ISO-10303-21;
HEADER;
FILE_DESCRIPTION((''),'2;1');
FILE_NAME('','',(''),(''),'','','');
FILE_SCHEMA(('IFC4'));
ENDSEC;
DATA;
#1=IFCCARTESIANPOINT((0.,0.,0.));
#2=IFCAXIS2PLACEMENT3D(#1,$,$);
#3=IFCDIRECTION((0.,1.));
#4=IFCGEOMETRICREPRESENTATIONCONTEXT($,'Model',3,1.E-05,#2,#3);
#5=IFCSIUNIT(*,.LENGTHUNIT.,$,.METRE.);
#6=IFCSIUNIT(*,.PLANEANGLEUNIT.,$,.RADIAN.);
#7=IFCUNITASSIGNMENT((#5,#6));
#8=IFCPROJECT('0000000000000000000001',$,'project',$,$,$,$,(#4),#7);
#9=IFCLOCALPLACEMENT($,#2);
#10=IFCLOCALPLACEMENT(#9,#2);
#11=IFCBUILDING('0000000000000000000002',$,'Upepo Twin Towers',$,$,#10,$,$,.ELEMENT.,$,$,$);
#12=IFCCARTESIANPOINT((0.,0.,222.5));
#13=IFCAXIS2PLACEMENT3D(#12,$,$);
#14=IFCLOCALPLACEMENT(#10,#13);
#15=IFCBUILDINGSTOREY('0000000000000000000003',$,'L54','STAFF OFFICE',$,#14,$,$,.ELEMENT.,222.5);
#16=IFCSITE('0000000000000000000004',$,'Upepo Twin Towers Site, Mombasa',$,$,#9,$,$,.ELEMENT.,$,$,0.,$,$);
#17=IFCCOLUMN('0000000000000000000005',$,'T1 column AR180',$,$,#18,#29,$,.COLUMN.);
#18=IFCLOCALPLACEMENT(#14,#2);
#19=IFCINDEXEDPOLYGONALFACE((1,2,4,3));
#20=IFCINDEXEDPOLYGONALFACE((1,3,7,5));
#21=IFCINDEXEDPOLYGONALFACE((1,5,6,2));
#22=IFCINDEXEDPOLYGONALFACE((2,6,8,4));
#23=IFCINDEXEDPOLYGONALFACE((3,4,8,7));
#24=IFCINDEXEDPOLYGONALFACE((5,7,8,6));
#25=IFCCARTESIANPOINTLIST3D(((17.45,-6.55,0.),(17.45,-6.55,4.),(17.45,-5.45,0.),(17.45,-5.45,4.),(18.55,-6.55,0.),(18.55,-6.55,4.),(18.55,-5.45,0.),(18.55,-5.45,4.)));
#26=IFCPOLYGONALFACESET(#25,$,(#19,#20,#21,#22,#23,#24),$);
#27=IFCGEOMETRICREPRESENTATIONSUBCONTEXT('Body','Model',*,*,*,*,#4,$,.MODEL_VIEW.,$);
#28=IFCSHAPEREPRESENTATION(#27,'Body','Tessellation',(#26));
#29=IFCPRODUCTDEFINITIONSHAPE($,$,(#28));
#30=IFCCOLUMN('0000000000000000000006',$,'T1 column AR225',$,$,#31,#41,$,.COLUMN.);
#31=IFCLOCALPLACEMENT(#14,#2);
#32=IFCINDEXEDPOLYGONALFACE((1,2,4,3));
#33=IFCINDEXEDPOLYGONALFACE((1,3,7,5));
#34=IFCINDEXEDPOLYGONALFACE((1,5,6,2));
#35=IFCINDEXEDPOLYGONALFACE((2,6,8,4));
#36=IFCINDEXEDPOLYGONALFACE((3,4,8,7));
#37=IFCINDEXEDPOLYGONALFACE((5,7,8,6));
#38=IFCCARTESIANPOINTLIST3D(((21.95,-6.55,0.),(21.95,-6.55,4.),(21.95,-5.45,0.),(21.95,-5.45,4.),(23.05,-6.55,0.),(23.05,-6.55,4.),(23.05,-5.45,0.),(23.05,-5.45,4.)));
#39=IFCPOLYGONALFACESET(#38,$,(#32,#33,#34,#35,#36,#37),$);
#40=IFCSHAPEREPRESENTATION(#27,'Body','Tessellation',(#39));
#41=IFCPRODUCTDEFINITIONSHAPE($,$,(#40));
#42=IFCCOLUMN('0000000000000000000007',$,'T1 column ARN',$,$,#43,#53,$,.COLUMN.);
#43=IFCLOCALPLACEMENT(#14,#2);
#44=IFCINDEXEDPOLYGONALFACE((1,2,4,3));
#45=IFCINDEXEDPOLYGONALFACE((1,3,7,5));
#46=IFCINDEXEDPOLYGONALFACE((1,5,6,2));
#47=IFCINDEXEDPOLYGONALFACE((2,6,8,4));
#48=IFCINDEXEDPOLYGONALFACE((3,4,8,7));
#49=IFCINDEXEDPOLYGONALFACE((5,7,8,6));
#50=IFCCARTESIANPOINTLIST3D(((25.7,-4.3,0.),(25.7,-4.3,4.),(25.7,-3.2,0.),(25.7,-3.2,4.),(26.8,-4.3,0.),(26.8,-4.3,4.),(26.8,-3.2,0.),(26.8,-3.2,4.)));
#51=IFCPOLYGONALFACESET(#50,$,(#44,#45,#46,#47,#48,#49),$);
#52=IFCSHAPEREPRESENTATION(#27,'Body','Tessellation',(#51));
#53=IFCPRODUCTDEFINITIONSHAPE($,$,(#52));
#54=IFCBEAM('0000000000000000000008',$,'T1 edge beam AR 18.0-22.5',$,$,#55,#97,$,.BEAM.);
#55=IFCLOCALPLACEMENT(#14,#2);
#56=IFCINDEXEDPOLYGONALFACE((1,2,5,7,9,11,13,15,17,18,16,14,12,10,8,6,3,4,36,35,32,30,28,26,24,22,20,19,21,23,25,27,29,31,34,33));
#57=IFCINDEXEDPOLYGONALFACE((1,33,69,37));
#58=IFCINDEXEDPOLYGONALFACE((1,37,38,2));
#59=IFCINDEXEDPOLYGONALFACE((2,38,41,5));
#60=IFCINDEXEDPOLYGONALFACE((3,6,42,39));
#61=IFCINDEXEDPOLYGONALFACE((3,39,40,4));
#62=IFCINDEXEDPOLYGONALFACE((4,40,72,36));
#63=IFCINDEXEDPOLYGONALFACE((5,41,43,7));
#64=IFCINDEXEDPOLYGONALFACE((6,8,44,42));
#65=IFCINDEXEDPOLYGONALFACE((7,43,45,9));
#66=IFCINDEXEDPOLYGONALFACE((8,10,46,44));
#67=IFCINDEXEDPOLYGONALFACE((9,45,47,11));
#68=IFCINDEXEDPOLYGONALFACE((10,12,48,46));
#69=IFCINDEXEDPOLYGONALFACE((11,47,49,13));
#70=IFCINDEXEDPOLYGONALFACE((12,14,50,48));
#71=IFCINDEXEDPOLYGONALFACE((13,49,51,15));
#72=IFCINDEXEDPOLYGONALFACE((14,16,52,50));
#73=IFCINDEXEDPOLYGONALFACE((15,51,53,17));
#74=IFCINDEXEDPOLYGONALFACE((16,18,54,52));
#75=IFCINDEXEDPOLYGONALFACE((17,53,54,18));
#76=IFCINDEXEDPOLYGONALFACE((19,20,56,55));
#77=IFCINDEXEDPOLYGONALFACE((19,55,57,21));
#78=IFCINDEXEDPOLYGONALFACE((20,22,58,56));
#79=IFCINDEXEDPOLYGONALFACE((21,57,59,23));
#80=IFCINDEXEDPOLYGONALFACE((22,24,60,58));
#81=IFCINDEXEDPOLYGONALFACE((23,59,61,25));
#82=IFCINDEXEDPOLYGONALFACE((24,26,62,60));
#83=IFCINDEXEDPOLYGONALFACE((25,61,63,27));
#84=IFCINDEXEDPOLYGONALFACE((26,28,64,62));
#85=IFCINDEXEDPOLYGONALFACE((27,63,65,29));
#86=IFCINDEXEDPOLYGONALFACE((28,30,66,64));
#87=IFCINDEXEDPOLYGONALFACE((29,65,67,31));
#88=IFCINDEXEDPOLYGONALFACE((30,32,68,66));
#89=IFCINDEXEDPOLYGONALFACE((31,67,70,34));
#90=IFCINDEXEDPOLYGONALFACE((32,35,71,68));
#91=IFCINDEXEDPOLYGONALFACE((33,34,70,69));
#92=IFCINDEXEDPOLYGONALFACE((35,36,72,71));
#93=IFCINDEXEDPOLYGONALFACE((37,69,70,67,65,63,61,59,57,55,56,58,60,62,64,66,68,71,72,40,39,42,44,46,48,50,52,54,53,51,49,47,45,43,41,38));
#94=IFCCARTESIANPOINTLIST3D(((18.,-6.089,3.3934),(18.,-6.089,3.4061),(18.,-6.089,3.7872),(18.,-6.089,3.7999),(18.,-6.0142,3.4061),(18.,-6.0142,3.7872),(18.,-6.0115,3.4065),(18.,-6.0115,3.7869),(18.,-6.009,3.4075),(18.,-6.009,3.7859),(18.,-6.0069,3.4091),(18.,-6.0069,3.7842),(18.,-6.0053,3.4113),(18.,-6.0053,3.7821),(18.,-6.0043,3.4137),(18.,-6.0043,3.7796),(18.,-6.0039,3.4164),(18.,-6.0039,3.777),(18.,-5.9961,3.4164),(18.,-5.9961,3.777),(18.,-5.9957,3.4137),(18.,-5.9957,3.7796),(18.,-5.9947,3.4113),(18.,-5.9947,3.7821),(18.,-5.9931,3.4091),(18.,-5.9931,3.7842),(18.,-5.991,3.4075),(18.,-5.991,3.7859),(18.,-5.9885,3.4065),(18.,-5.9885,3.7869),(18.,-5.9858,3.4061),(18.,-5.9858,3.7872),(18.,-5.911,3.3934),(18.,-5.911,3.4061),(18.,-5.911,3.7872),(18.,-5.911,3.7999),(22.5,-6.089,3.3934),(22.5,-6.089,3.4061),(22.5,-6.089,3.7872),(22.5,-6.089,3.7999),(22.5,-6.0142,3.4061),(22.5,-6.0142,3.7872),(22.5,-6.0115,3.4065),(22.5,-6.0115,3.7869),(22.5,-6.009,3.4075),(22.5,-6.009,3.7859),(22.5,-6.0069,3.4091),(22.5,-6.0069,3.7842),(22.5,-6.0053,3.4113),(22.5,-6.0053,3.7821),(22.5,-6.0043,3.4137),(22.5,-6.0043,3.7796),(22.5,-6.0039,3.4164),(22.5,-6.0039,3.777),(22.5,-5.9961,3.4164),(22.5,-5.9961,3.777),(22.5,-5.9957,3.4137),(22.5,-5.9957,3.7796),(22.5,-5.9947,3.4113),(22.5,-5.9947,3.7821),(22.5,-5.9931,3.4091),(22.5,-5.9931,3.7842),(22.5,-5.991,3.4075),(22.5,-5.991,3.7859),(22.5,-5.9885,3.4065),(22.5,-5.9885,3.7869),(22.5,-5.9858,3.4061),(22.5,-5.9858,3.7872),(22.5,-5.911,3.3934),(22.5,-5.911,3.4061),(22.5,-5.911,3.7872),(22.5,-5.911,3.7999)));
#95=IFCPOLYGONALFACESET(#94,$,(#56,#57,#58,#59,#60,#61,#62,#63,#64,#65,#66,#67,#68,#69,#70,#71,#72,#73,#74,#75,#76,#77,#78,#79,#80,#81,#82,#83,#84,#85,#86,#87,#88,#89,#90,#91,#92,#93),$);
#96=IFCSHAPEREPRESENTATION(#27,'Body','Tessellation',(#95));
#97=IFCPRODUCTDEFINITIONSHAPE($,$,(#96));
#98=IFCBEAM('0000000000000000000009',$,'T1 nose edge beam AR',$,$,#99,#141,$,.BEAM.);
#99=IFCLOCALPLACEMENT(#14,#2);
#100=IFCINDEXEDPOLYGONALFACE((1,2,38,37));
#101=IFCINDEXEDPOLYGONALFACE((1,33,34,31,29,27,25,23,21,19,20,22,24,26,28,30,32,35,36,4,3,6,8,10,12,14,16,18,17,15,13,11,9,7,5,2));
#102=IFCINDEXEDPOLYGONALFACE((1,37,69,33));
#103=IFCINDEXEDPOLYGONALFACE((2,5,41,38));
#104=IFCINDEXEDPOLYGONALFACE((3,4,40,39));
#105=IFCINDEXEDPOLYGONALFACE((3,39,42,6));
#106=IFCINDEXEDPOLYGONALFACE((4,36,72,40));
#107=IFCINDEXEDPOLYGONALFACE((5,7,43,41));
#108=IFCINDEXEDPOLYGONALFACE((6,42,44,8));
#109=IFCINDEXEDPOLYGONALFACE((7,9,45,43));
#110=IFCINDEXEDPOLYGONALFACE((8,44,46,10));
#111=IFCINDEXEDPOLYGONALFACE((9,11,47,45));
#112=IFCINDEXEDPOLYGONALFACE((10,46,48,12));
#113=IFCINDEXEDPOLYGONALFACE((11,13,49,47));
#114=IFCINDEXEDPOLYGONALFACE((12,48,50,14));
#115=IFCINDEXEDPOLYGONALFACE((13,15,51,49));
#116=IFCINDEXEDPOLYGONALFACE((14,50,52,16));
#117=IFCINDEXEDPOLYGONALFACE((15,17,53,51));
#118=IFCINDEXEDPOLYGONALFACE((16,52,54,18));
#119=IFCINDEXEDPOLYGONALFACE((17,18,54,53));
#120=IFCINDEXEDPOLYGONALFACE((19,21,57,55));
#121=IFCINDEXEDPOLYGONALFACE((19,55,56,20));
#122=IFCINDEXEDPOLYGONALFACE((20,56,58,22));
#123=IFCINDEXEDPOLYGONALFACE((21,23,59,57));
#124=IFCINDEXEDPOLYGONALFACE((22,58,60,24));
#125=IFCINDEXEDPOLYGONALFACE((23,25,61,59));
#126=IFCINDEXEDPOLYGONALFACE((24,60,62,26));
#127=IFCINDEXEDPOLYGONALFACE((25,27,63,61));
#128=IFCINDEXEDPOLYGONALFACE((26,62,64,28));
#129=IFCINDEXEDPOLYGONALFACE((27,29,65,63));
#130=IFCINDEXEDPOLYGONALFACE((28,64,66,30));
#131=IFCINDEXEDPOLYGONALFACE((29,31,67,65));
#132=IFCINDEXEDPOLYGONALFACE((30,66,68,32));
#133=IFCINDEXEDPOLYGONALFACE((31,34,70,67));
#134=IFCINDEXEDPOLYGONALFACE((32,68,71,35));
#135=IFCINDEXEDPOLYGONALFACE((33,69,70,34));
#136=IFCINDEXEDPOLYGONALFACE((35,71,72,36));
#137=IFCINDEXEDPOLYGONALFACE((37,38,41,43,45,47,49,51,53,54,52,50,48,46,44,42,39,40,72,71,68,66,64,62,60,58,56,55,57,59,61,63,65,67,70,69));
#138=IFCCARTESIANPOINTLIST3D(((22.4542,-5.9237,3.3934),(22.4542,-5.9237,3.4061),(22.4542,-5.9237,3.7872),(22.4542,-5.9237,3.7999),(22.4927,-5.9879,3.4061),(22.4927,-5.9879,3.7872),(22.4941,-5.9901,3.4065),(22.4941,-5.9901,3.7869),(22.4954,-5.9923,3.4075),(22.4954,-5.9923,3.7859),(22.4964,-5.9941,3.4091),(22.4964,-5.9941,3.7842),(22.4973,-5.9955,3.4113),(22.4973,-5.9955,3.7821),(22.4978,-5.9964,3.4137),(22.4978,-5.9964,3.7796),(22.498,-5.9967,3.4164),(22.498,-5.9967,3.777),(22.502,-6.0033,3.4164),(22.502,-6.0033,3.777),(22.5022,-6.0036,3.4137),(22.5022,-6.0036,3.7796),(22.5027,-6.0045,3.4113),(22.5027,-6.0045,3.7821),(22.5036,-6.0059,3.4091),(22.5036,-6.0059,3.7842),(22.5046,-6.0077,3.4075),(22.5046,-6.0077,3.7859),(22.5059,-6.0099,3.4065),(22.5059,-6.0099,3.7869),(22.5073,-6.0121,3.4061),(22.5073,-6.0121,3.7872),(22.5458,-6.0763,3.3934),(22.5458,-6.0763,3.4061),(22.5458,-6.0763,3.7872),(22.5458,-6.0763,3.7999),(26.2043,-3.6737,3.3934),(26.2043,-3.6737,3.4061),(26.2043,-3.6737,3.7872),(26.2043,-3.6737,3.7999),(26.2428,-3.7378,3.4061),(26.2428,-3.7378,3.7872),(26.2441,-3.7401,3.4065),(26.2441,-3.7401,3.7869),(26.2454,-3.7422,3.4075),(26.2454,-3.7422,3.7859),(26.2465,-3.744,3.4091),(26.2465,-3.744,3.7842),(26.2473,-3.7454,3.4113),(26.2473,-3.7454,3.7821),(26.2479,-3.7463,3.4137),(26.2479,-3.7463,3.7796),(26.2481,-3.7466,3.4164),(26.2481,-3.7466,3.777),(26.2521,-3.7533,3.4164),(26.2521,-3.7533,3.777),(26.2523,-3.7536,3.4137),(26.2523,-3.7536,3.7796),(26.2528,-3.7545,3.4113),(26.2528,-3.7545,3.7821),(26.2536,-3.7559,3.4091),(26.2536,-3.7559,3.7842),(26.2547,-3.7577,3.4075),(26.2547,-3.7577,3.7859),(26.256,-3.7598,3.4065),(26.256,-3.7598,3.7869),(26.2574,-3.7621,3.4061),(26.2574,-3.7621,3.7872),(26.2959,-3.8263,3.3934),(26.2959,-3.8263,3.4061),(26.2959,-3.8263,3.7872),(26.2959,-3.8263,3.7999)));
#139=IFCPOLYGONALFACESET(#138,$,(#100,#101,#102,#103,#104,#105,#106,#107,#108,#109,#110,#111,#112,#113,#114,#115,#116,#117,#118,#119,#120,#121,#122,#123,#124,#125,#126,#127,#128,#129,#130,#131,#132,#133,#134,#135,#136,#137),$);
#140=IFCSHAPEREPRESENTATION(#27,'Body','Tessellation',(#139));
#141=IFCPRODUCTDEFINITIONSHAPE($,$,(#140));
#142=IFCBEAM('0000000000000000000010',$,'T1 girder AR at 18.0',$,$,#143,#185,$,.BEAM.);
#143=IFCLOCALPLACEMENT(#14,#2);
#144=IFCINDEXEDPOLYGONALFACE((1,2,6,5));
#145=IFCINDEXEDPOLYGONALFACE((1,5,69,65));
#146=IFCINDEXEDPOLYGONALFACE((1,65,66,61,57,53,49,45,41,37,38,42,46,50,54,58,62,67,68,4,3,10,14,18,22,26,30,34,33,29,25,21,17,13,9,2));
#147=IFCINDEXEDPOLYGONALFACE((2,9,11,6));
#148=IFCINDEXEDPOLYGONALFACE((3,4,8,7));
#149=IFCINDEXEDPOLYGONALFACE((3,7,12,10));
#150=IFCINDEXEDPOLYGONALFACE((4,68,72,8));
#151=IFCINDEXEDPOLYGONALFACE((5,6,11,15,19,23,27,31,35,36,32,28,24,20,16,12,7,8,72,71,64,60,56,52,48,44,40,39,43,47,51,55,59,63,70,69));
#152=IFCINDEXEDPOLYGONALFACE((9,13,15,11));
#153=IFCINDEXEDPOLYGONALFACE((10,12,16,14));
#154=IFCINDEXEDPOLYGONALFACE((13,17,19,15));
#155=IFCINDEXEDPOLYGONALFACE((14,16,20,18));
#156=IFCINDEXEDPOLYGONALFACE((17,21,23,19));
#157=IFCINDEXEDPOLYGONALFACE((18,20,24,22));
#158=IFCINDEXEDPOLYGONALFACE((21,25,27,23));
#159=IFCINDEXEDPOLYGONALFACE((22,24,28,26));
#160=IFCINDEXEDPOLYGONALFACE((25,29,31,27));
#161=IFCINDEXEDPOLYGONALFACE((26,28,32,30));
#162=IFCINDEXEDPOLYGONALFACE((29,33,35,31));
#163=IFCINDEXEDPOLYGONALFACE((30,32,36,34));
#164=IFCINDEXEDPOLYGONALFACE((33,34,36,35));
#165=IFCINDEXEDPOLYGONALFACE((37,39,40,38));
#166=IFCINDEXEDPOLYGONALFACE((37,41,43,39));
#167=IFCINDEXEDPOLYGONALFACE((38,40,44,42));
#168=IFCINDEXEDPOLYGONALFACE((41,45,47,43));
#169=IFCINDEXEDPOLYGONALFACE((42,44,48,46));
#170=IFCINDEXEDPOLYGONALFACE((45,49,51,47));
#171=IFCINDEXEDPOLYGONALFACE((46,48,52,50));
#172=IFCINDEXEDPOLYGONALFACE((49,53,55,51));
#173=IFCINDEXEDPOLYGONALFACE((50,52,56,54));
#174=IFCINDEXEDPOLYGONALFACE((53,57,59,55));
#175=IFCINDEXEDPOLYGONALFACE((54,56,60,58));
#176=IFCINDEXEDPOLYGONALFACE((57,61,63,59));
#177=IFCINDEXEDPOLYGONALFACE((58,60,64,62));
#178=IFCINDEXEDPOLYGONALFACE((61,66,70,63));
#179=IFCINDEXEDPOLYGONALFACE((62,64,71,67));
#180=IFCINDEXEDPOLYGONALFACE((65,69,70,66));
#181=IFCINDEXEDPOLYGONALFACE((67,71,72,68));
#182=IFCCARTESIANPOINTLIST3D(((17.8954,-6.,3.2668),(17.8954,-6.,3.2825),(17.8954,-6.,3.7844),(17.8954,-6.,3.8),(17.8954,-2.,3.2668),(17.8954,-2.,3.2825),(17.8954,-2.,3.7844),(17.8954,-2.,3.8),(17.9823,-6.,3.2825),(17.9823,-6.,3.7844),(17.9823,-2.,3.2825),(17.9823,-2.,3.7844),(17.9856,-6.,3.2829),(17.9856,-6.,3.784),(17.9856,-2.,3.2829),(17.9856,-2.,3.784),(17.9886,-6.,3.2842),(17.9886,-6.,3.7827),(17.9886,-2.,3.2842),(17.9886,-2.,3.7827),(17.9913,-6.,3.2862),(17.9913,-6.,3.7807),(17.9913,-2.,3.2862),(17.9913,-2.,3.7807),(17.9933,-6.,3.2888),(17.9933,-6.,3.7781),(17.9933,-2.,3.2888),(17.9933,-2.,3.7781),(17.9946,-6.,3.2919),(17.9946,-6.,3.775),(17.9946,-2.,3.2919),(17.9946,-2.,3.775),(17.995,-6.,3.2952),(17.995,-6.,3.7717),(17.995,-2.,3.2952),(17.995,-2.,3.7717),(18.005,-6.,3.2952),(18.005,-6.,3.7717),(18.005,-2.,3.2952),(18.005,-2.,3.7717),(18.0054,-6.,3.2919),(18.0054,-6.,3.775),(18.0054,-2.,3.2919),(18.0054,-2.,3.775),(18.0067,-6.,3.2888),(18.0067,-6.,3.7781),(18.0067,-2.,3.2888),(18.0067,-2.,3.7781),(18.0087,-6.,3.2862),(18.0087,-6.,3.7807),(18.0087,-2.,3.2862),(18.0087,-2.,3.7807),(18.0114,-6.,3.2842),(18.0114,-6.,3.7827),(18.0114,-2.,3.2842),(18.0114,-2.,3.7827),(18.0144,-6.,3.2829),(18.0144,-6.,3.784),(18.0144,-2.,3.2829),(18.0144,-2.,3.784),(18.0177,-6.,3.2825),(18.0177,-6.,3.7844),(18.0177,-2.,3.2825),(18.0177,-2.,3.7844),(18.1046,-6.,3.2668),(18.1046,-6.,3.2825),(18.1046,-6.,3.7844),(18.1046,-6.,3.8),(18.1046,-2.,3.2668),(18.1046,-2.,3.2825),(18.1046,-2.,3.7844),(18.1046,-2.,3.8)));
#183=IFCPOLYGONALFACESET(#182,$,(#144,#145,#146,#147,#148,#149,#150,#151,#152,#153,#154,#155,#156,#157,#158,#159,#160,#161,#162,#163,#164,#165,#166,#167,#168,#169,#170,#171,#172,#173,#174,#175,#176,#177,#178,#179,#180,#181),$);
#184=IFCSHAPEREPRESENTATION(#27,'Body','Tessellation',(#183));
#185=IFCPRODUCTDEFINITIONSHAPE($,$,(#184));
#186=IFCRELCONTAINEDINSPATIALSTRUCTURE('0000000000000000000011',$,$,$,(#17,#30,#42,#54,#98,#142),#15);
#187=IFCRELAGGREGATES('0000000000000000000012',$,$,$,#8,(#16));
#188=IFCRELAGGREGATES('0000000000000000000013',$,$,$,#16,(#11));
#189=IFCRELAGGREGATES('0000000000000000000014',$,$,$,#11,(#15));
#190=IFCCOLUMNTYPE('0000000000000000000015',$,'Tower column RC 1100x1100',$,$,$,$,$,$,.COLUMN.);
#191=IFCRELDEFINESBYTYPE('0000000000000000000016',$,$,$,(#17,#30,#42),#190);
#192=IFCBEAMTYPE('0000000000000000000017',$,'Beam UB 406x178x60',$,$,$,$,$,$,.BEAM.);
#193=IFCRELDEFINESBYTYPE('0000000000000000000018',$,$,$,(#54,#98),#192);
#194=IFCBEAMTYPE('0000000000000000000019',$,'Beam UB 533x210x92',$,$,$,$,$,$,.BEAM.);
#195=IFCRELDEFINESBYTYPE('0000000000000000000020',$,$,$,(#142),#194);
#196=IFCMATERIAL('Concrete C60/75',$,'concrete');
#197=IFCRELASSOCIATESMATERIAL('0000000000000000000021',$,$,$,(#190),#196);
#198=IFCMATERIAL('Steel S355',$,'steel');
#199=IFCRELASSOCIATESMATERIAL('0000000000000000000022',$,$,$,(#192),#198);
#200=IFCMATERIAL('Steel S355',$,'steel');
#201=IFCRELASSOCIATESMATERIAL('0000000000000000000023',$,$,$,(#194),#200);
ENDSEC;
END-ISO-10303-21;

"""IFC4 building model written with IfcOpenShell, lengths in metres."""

from ifc_helpers import new_model, si_unit, direction, frame, origin, origin_2d, place, context, subcontext, project, spatial, rectangle, i_section, extrude, material, material_profile, profile_set, type_object, element, save


model = new_model("IFC4")

# Units and contexts
model_context = context("Model", 3, precision=1e-05, world=origin(), true_north=direction((0.0, 1.0)))
body_context = subcontext(model_context, "Body", "Model", "MODEL_VIEW")
ifc_project = project(units=[si_unit("LENGTHUNIT", "METRE"), si_unit("PLANEANGLEUNIT", "RADIAN")], contexts=[model_context])

# Site, building, storey
site_placement = place(None, origin())
site = spatial("IfcSite", under=ifc_project, at=site_placement, Name="Upepo Twin Towers Site, Mombasa", CompositionType="ELEMENT", RefElevation=0.0)
building_placement = place(site_placement, origin())
building = spatial("IfcBuilding", under=site, at=building_placement, Name="Upepo Twin Towers", CompositionType="ELEMENT")
storey_placement = place(building_placement, frame((0.0, 0.0, 222.5)))
storey = spatial("IfcBuildingStorey", under=building, at=storey_placement, Name="L54", Description="STAFF OFFICE", CompositionType="ELEMENT", Elevation=222.5)

# Columns
ifc_material_1 = material(Name="Concrete C60/75", Category="concrete")
ifc_material_profile_1 = material_profile(ifc_material_1, rectangle(XDim=1.1001, YDim=1.1001, at=origin_2d()), Name="RC 1100x1100")
ifc_profile_set_1 = profile_set([ifc_material_profile_1], Name="Concrete C60/75")
column_type = type_object("IfcColumnType", Name="Tower column RC 1100x1100", PredefinedType="COLUMN", material=ifc_profile_set_1)
for number, where, z_axis, x_axis, name in (
    (1, (18.0, -6.0, 0.0), (0.0, 0.0, 1.0), (1.0, 0.0, 0.0), "T1 column AR180"),
    (2, (22.5, -6.0, 0.0), (0.0, 0.0, 1.0), (1.0, 0.0, 0.0), "T1 column AR225"),
    (3, (26.25, -3.75, 0.0), (0.0, 0.0, 1.0), (1.0, 0.0, 0.0), "T1 column ARN"),
):
    element("IfcColumn", number, at=place(storey_placement, frame(where, z_axis=z_axis, x_axis=x_axis)), inside=storey, type_object=column_type, Name=name, PredefinedType="COLUMN", context=body_context, shape_type="SweptSolid", body=[
        extrude(rectangle(XDim=1.1001, YDim=1.1001, at=origin_2d()), origin(), (0.0, 0.0, 1.0), 4.0),
    ])

# Beams
ifc_material_2 = material(Name="Steel S355", Category="steel")
ifc_material_profile_2 = material_profile(ifc_material_2, i_section(OverallWidth=0.178, OverallDepth=0.4065, WebThickness=0.0078, FlangeThickness=0.0127, FilletRadius=0.0103, at=origin_2d()), Name="UB 406x178x60")
ifc_profile_set_2 = profile_set([ifc_material_profile_2], Name="Steel S355")
beam_type_1 = type_object("IfcBeamType", Name="Beam UB 406x178x60", PredefinedType="BEAM", material=ifc_profile_set_2)
beam_1_placement = place(storey_placement, frame((18.0, -6.0, 3.5967), z_axis=(1.0, 0.0, 0.0), x_axis=(0.0, 1.0, 0.0)))
element("IfcBeam", 4, at=beam_1_placement, inside=storey, type_object=beam_type_1, Name="T1 edge beam AR 18.0-22.5", PredefinedType="BEAM", context=body_context, shape_type="SweptSolid", body=[
    extrude(i_section(OverallWidth=0.178, OverallDepth=0.4065, WebThickness=0.0078, FlangeThickness=0.0127, FilletRadius=0.0103, at=origin_2d()), origin(), (0.0, 0.0, 1.0), 4.5),
])
beam_2_placement = place(storey_placement, frame((22.5, -6.0, 3.5967), z_axis=(0.857493, 0.514496, 0.0), x_axis=(-0.514496, 0.857493, 0.0)))
element("IfcBeam", 5, at=beam_2_placement, inside=storey, type_object=beam_type_1, Name="T1 nose edge beam AR", PredefinedType="BEAM", context=body_context, shape_type="SweptSolid", body=[
    extrude(i_section(OverallWidth=0.178, OverallDepth=0.4065, WebThickness=0.0078, FlangeThickness=0.0127, FilletRadius=0.0103, at=origin_2d()), origin(), (0.0, 0.0, 1.0), 4.3733),
])
ifc_material_3 = material(Name="Steel S355", Category="steel")
ifc_material_profile_3 = material_profile(ifc_material_3, i_section(OverallWidth=0.2092, OverallDepth=0.5332, WebThickness=0.01, FlangeThickness=0.0156, FilletRadius=0.0127, at=origin_2d()), Name="UB 533x210x92")
ifc_profile_set_3 = profile_set([ifc_material_profile_3], Name="Steel S355")
beam_type_2 = type_object("IfcBeamType", Name="Beam UB 533x210x92", PredefinedType="BEAM", material=ifc_profile_set_3)
for number, where, z_axis, x_axis, name in (
    (6, (18.0, -6.0, 3.5334), (0.0, 1.0, 0.0), (-1.0, 0.0, 0.0), "T1 girder AR at 18.0"),
):
    element("IfcBeam", number, at=place(storey_placement, frame(where, z_axis=z_axis, x_axis=x_axis)), inside=storey, type_object=beam_type_2, Name=name, PredefinedType="BEAM", context=body_context, shape_type="SweptSolid", body=[
        extrude(i_section(OverallWidth=0.2092, OverallDepth=0.5332, WebThickness=0.01, FlangeThickness=0.0156, FilletRadius=0.0127, at=origin_2d()), origin(), (0.0, 0.0, 1.0), 4.0),
    ])

save(model, "model.ifc")
